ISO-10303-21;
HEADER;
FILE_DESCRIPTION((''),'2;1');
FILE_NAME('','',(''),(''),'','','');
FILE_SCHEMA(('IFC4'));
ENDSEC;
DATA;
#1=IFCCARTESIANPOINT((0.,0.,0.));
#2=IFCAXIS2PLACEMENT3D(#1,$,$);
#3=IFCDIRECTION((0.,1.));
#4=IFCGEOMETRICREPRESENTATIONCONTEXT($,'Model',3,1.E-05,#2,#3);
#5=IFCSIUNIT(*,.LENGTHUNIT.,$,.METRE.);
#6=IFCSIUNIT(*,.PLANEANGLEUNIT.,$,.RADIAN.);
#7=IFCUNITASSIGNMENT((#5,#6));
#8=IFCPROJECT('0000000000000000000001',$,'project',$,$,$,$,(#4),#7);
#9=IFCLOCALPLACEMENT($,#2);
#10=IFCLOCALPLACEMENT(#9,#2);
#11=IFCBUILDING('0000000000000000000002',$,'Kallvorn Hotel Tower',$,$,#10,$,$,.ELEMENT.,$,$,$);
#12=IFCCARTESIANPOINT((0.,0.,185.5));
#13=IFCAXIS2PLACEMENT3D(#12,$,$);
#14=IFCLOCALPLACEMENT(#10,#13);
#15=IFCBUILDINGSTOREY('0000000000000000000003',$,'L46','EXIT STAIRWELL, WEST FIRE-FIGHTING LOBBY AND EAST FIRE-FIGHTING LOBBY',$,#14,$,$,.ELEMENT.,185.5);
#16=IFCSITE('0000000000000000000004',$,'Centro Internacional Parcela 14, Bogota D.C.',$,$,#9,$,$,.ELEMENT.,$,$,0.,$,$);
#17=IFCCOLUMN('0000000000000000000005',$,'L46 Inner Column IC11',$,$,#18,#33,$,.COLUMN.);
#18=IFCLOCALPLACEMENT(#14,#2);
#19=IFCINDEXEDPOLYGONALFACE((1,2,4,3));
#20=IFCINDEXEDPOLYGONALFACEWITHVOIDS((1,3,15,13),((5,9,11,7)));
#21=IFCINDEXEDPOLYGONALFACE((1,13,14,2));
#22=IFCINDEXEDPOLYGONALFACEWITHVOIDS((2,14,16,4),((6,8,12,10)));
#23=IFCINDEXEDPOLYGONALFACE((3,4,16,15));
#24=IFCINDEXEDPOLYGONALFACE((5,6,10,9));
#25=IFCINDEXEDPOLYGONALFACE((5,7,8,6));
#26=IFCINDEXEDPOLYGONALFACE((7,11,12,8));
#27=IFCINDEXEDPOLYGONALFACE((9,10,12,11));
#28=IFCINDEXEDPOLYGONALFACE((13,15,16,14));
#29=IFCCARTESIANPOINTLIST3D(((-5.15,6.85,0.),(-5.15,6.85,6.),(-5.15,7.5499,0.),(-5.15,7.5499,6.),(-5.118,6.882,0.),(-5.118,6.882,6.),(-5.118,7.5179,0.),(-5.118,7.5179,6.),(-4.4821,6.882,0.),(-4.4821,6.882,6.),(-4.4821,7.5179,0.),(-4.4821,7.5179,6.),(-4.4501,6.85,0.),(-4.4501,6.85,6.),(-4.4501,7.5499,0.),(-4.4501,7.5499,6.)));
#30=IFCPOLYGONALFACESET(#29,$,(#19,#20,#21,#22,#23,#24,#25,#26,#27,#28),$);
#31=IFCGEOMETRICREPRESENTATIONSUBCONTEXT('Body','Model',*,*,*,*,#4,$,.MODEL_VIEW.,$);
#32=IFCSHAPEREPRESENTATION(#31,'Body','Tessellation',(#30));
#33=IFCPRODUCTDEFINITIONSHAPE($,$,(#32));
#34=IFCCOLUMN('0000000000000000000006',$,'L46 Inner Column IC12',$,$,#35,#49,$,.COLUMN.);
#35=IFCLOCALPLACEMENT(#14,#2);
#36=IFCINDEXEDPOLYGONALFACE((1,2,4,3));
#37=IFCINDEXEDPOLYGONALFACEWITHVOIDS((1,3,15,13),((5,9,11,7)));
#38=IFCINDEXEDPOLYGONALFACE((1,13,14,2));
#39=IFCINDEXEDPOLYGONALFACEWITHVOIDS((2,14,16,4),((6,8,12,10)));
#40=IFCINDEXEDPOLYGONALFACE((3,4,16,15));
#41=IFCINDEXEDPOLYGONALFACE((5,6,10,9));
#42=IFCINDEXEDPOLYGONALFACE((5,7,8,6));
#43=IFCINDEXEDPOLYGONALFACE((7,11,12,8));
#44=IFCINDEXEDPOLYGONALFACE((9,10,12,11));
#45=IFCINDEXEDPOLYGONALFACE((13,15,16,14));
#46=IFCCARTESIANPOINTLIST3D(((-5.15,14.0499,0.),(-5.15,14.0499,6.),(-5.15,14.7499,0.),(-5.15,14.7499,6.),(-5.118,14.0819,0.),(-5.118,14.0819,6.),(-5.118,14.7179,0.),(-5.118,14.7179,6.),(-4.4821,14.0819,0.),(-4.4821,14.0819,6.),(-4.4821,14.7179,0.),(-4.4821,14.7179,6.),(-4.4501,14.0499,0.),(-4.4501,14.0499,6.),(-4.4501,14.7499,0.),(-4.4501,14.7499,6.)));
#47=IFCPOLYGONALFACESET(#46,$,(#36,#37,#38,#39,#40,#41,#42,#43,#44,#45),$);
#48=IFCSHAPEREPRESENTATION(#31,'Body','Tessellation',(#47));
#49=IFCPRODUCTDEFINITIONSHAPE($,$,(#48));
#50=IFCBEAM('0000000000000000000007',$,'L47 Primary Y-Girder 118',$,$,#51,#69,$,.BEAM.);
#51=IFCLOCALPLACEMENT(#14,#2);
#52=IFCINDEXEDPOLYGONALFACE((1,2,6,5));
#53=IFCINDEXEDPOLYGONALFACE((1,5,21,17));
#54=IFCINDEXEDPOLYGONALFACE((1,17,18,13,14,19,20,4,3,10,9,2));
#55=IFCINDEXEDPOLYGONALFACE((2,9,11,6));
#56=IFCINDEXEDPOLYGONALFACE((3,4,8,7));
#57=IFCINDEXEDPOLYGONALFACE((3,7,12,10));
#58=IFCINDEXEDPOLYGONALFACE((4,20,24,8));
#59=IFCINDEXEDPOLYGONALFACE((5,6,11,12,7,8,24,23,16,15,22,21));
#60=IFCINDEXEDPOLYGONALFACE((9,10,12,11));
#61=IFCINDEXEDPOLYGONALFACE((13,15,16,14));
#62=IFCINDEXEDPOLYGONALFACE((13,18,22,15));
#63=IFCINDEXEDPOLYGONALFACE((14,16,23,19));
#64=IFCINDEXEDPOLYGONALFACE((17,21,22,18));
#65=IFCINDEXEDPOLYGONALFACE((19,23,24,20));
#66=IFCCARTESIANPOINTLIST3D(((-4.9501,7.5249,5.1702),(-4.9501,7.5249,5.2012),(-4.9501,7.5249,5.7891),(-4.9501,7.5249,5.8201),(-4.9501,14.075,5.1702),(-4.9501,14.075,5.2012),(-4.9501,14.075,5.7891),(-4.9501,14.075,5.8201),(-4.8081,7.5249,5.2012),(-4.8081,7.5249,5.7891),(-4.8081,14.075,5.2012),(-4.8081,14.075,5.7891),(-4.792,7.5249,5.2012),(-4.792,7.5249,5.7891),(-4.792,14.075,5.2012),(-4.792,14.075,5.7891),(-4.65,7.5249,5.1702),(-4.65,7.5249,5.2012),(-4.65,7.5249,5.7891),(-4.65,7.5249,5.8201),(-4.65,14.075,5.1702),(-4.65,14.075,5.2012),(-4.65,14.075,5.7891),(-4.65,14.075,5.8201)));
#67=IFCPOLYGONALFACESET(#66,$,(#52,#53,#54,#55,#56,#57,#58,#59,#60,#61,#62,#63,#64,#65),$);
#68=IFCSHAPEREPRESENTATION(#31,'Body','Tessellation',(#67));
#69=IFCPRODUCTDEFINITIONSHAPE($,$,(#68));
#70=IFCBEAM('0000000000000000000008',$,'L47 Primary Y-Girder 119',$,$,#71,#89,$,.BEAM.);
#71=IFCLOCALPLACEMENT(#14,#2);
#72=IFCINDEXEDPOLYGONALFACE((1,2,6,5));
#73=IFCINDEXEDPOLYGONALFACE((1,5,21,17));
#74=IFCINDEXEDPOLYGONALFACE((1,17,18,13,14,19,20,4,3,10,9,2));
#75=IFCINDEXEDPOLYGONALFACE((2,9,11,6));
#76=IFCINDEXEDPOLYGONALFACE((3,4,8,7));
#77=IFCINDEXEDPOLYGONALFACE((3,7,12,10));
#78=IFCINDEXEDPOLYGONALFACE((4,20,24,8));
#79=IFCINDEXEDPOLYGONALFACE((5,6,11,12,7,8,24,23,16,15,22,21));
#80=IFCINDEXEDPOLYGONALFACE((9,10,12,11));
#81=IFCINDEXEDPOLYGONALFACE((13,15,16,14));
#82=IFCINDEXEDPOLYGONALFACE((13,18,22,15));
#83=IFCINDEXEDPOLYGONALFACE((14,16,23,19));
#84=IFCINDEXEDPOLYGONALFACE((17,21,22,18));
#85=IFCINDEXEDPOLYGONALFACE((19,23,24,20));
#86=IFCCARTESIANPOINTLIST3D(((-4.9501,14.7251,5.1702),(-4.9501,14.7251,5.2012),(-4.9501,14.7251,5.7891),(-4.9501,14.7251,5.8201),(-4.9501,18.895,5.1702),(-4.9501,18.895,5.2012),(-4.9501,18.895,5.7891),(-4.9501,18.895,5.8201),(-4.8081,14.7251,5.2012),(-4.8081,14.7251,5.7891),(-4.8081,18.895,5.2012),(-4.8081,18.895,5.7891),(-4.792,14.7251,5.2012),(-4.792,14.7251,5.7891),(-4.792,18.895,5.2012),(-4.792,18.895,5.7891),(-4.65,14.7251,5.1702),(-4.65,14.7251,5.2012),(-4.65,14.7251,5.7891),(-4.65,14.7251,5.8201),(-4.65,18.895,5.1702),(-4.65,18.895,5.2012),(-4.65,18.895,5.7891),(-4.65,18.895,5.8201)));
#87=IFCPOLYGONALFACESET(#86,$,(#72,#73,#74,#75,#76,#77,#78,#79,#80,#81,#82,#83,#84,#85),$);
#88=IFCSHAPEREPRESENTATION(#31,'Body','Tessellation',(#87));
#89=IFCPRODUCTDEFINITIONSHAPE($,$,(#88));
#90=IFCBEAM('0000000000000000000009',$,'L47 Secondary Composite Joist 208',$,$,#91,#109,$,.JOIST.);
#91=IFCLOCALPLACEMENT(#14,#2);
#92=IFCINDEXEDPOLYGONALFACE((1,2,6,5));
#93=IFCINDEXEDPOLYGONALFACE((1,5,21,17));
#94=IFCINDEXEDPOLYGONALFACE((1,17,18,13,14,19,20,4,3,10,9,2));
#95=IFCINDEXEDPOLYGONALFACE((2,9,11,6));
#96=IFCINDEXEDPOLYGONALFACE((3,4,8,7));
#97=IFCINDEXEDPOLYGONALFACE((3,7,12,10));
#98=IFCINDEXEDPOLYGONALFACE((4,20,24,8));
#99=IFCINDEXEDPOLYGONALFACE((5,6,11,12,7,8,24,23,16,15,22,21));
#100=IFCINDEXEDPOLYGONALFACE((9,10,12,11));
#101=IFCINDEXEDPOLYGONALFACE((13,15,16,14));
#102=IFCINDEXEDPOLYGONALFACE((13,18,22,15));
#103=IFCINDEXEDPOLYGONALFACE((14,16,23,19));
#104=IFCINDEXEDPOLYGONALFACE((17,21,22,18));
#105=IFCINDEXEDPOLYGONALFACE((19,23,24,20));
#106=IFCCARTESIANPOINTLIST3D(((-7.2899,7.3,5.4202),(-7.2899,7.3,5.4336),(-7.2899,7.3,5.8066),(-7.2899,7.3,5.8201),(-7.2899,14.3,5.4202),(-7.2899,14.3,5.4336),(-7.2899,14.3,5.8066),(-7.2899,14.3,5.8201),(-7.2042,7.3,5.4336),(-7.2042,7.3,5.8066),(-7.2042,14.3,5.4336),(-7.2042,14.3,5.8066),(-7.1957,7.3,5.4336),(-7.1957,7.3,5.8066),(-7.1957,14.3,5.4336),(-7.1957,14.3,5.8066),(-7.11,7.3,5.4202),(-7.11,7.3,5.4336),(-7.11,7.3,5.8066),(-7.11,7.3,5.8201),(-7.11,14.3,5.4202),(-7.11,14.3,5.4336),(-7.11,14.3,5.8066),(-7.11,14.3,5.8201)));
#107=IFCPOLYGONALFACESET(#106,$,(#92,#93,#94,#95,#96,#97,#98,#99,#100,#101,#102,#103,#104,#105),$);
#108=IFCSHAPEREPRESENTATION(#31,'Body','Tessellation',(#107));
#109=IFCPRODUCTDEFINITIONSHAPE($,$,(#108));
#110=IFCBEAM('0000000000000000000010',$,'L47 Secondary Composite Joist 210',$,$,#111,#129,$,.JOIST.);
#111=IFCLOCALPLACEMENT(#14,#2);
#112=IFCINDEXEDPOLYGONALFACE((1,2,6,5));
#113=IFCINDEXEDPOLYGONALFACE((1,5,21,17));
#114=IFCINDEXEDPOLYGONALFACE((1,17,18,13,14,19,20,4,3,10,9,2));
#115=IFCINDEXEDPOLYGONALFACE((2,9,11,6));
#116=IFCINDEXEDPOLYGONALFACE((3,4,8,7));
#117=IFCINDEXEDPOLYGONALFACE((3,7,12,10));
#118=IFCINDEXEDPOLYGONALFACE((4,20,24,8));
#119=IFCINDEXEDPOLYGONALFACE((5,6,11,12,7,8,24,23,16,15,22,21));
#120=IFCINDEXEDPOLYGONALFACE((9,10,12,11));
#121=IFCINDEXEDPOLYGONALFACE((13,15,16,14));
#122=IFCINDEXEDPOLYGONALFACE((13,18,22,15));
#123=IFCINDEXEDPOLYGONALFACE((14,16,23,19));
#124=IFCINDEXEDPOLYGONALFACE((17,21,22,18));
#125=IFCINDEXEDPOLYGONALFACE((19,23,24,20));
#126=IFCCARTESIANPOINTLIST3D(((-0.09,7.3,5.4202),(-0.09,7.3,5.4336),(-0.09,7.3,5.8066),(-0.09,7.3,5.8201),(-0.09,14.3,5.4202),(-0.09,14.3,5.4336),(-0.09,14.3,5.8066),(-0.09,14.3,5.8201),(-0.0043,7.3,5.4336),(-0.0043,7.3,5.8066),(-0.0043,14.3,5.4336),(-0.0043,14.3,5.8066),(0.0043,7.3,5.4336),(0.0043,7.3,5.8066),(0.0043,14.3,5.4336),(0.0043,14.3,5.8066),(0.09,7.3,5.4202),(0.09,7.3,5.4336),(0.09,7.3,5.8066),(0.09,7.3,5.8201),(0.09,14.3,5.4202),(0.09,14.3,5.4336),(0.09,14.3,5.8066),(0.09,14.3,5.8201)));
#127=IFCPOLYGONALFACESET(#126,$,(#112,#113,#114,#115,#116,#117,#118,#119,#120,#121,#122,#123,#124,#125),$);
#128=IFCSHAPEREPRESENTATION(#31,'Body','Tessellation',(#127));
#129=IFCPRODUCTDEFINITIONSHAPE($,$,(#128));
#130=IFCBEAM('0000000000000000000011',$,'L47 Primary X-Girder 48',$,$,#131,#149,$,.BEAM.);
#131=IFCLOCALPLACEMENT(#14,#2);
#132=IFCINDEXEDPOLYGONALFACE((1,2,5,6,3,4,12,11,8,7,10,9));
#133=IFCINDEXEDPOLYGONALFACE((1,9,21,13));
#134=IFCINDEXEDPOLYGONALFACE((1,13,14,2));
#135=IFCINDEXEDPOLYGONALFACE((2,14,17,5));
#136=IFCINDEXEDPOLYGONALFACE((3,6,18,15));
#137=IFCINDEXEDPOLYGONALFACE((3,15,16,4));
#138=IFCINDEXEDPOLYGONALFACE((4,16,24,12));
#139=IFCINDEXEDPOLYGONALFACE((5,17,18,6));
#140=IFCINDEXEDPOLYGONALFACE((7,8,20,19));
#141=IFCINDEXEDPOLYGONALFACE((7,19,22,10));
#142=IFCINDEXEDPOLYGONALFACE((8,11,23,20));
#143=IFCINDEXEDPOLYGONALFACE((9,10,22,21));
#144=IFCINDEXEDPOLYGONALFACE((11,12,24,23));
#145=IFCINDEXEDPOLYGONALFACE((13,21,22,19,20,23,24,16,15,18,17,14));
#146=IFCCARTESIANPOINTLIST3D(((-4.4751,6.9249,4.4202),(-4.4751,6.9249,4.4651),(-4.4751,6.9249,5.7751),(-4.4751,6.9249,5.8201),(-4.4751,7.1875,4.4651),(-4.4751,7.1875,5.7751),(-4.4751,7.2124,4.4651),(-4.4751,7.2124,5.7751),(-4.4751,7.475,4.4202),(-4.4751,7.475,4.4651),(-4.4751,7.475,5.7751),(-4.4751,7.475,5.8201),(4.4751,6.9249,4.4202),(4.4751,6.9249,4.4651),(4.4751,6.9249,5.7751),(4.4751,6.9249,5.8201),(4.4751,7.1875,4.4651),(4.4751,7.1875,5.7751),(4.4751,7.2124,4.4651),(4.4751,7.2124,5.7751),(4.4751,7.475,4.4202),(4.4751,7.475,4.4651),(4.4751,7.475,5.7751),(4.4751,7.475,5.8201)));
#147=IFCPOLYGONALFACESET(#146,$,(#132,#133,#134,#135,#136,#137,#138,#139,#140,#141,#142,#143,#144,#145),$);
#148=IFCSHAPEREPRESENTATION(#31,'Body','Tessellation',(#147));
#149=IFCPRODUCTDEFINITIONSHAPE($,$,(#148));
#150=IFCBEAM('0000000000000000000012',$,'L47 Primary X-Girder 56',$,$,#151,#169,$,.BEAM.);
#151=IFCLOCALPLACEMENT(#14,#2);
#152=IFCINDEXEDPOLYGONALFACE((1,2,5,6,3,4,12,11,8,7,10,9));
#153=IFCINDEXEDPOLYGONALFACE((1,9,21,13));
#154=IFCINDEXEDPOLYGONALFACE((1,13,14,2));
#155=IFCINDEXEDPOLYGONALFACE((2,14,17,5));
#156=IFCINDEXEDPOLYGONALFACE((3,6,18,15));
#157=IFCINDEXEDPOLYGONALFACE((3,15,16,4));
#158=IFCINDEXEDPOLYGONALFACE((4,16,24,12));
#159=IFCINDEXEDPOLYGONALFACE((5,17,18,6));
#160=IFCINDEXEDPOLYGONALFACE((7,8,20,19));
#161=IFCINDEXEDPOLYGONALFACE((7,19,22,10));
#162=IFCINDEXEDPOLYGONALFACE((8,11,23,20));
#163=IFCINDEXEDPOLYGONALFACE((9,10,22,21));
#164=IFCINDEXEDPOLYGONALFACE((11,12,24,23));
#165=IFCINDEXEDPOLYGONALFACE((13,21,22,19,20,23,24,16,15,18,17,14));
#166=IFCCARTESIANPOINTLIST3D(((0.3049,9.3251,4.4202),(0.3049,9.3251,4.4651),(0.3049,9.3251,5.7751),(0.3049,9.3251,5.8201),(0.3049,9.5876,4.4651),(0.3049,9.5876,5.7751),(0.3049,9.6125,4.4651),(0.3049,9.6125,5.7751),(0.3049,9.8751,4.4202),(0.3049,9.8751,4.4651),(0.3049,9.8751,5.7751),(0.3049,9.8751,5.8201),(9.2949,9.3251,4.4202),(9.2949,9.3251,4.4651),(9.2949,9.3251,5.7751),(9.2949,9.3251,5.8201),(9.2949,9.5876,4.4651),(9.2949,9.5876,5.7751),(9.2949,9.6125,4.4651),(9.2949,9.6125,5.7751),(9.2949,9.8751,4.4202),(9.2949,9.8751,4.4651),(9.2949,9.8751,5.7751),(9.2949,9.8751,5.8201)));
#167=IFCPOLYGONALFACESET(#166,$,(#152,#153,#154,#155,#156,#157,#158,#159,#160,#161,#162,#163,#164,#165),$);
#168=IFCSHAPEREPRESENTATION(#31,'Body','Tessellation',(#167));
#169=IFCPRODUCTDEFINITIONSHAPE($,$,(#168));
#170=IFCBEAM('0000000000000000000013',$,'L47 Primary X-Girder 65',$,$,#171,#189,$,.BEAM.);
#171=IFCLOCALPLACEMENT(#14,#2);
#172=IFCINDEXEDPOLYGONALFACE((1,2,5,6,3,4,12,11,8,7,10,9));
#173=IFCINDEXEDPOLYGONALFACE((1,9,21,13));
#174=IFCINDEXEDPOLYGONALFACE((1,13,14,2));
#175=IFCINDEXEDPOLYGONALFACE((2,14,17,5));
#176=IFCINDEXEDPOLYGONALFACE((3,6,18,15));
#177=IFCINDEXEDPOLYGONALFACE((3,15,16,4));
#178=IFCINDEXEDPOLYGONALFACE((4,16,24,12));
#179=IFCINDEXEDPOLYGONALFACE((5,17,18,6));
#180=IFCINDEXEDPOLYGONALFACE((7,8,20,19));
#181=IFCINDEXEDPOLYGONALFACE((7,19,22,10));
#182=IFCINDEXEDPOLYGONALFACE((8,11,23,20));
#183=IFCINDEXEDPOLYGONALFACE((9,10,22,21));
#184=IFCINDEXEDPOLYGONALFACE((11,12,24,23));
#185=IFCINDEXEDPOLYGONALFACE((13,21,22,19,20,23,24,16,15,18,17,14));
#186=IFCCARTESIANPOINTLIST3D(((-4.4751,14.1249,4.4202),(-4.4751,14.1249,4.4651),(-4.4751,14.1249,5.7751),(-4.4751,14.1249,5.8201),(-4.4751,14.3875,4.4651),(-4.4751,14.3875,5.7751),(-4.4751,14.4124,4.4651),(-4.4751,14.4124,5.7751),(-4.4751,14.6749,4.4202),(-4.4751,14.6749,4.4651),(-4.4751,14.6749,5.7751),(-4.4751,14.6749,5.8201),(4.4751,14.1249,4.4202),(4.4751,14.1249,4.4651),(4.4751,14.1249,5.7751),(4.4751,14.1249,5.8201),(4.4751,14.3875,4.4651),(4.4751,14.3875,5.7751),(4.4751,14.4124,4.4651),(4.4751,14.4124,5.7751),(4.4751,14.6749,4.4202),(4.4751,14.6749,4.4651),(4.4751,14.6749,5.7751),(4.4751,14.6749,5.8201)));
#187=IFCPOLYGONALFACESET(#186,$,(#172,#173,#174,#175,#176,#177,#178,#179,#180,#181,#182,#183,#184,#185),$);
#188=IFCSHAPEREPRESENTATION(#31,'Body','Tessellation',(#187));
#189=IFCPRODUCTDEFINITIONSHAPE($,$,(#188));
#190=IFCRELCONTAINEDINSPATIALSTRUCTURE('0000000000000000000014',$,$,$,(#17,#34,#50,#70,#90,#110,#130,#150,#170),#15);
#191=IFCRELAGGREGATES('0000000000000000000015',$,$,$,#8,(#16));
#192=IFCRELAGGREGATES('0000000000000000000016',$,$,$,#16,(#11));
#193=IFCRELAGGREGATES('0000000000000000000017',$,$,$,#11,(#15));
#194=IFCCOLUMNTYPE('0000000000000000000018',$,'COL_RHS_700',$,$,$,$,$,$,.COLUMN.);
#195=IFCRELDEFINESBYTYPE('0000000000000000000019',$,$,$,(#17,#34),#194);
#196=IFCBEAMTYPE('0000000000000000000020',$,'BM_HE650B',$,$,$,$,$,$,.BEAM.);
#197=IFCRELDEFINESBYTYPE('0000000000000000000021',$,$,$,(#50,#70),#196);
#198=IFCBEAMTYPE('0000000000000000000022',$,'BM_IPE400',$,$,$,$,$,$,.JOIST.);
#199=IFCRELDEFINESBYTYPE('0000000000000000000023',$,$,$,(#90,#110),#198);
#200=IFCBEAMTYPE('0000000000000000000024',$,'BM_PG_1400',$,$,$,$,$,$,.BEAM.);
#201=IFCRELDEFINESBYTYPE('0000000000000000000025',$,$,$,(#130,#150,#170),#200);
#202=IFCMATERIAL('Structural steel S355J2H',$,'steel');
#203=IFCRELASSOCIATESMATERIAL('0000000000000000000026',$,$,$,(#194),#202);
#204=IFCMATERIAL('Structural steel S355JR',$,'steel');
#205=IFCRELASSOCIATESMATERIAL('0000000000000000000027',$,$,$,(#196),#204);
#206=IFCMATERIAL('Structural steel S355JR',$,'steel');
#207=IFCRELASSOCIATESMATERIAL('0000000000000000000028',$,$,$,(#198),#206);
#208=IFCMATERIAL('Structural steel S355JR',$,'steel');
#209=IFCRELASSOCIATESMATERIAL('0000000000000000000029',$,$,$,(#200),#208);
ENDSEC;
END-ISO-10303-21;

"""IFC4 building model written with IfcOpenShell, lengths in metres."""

from ifc_helpers import new_model, si_unit, direction, frame, origin, origin_2d, place, context, subcontext, project, spatial, hollow_rectangle, i_section, extrude, material, material_profile, profile_set, type_object, element, save


model = new_model("IFC4")

# Units and contexts
model_context = context("Model", 3, precision=1e-05, world=origin(), true_north=direction((0.0, 1.0)))
body_context = subcontext(model_context, "Body", "Model", "MODEL_VIEW")
ifc_project = project(units=[si_unit("LENGTHUNIT", "METRE"), si_unit("PLANEANGLEUNIT", "RADIAN")], contexts=[model_context])

# Site, building, storey
site_placement = place(None, origin())
site = spatial("IfcSite", under=ifc_project, at=site_placement, Name="Centro Internacional Parcela 14, Bogota D.C.", CompositionType="ELEMENT", RefElevation=0.0)
building_placement = place(site_placement, origin())
building = spatial("IfcBuilding", under=site, at=building_placement, Name="Kallvorn Hotel Tower", CompositionType="ELEMENT")
storey_placement = place(building_placement, frame((0.0, 0.0, 185.5)))
storey = spatial("IfcBuildingStorey", under=building, at=storey_placement, Name="L46", Description="EXIT STAIRWELL, WEST FIRE-FIGHTING LOBBY AND EAST FIRE-FIGHTING LOBBY", CompositionType="ELEMENT", Elevation=185.5)

# Columns
ifc_material_1 = material(Name="Structural steel S355J2H", Category="steel")
ifc_material_profile_1 = material_profile(ifc_material_1, hollow_rectangle(XDim=0.7, YDim=0.7, WallThickness=0.032, at=origin_2d()), Name="RHS 700x700x32")
ifc_profile_set_1 = profile_set([ifc_material_profile_1], Name="Structural steel S355J2H")
column_type_1 = type_object("IfcColumnType", Name="COL_RHS_700", PredefinedType="COLUMN", material=ifc_profile_set_1)
for number, where, z_axis, x_axis, name in (
    (1, (-4.8, 7.2, 0.0), (0.0, 0.0, 1.0), (1.0, 0.0, 0.0), "L46 Inner Column IC11"),
    (2, (-4.8, 14.3999, 0.0), (0.0, 0.0, 1.0), (1.0, 0.0, 0.0), "L46 Inner Column IC12"),
):
    element("IfcColumn", number, at=place(storey_placement, frame(where, z_axis=z_axis, x_axis=x_axis)), inside=storey, type_object=column_type_1, Name=name, PredefinedType="COLUMN", context=body_context, shape_type="SweptSolid", body=[
        extrude(hollow_rectangle(XDim=0.7, YDim=0.7, WallThickness=0.032, at=origin_2d()), origin(), (0.0, 0.0, 1.0), 6.0),
    ])

# Beams
ifc_material_2 = material(Name="Structural steel S355JR", Category="steel")
ifc_material_profile_2 = material_profile(ifc_material_2, i_section(OverallWidth=0.3, OverallDepth=0.6499, WebThickness=0.0161, FlangeThickness=0.031, at=origin_2d()), Name="HE 650 B")
ifc_profile_set_2 = profile_set([ifc_material_profile_2], Name="Structural steel S355JR")
beam_type_1 = type_object("IfcBeamType", Name="BM_HE650B", PredefinedType="BEAM", material=ifc_profile_set_2)
beam_1_placement = place(storey_placement, frame((-4.8, 7.5249, 5.4951), z_axis=(0.0, 1.0, 0.0), x_axis=(-1.0, 0.0, 0.0)))
element("IfcBeam", 3, at=beam_1_placement, inside=storey, type_object=beam_type_1, Name="L47 Primary Y-Girder 118", PredefinedType="BEAM", context=body_context, shape_type="SweptSolid", body=[
    extrude(i_section(OverallWidth=0.3, OverallDepth=0.6499, WebThickness=0.0161, FlangeThickness=0.031, at=origin_2d()), origin(), (0.0, 0.0, 1.0), 6.55),
])
beam_2_placement = place(storey_placement, frame((-4.8, 14.7251, 5.4951), z_axis=(0.0, 1.0, 0.0), x_axis=(-1.0, 0.0, 0.0)))
element("IfcBeam", 4, at=beam_2_placement, inside=storey, type_object=beam_type_1, Name="L47 Primary Y-Girder 119", PredefinedType="BEAM", context=body_context, shape_type="SweptSolid", body=[
    extrude(i_section(OverallWidth=0.3, OverallDepth=0.6499, WebThickness=0.0161, FlangeThickness=0.031, at=origin_2d()), origin(), (0.0, 0.0, 1.0), 4.1699),
])
ifc_material_3 = material(Name="Structural steel S355JR", Category="steel")
ifc_material_profile_3 = material_profile(ifc_material_3, i_section(OverallWidth=0.1799, OverallDepth=0.3999, WebThickness=0.0085, FlangeThickness=0.0134, at=origin_2d()), Name="IPE 400")
ifc_profile_set_3 = profile_set([ifc_material_profile_3], Name="Structural steel S355JR")
beam_type_2 = type_object("IfcBeamType", Name="BM_IPE400", PredefinedType="JOIST", material=ifc_profile_set_3)
for number, where, z_axis, x_axis, name in (
    (5, (-7.2, 7.3, 5.6201), (0.0, 1.0, 0.0), (-1.0, 0.0, 0.0), "L47 Secondary Composite Joist 208"),
    (6, (0.0, 7.3, 5.6201), (0.0, 1.0, 0.0), (-1.0, 0.0, 0.0), "L47 Secondary Composite Joist 210"),
):
    element("IfcBeam", number, at=place(storey_placement, frame(where, z_axis=z_axis, x_axis=x_axis)), inside=storey, type_object=beam_type_2, Name=name, PredefinedType="JOIST", context=body_context, shape_type="SweptSolid", body=[
        extrude(i_section(OverallWidth=0.1799, OverallDepth=0.3999, WebThickness=0.0085, FlangeThickness=0.0134, at=origin_2d()), origin(), (0.0, 0.0, 1.0), 7.0),
    ])
ifc_material_4 = material(Name="Structural steel S355JR", Category="steel")
ifc_material_profile_4 = material_profile(ifc_material_4, i_section(OverallWidth=0.55, OverallDepth=1.3999, WebThickness=0.0249, FlangeThickness=0.0449, at=origin_2d()), Name="PG 1400x550x25x45")
ifc_profile_set_4 = profile_set([ifc_material_profile_4], Name="Structural steel S355JR")
beam_type_3 = type_object("IfcBeamType", Name="BM_PG_1400", PredefinedType="BEAM", material=ifc_profile_set_4)
beam_3_placement = place(storey_placement, frame((-4.4751, 7.2, 5.1201), z_axis=(1.0, 0.0, 0.0), x_axis=(0.0, 1.0, 0.0)))
element("IfcBeam", 7, at=beam_3_placement, inside=storey, type_object=beam_type_3, Name="L47 Primary X-Girder 48", PredefinedType="BEAM", context=body_context, shape_type="SweptSolid", body=[
    extrude(i_section(OverallWidth=0.55, OverallDepth=1.3999, WebThickness=0.0249, FlangeThickness=0.0449, at=origin_2d()), origin(), (0.0, 0.0, 1.0), 8.9502),
])
beam_4_placement = place(storey_placement, frame((0.3049, 9.6001, 5.1201), z_axis=(1.0, 0.0, 0.0), x_axis=(0.0, 1.0, 0.0)))
element("IfcBeam", 8, at=beam_4_placement, inside=storey, type_object=beam_type_3, Name="L47 Primary X-Girder 56", PredefinedType="BEAM", context=body_context, shape_type="SweptSolid", body=[
    extrude(i_section(OverallWidth=0.55, OverallDepth=1.3999, WebThickness=0.0249, FlangeThickness=0.0449, at=origin_2d()), origin(), (0.0, 0.0, 1.0), 8.99),
])
beam_5_placement = place(storey_placement, frame((-4.4751, 14.3999, 5.1201), z_axis=(1.0, 0.0, 0.0), x_axis=(0.0, 1.0, 0.0)))
element("IfcBeam", 9, at=beam_5_placement, inside=storey, type_object=beam_type_3, Name="L47 Primary X-Girder 65", PredefinedType="BEAM", context=body_context, shape_type="SweptSolid", body=[
    extrude(i_section(OverallWidth=0.55, OverallDepth=1.3999, WebThickness=0.0249, FlangeThickness=0.0449, at=origin_2d()), origin(), (0.0, 0.0, 1.0), 8.9502),
])

save(model, "model.ifc")
